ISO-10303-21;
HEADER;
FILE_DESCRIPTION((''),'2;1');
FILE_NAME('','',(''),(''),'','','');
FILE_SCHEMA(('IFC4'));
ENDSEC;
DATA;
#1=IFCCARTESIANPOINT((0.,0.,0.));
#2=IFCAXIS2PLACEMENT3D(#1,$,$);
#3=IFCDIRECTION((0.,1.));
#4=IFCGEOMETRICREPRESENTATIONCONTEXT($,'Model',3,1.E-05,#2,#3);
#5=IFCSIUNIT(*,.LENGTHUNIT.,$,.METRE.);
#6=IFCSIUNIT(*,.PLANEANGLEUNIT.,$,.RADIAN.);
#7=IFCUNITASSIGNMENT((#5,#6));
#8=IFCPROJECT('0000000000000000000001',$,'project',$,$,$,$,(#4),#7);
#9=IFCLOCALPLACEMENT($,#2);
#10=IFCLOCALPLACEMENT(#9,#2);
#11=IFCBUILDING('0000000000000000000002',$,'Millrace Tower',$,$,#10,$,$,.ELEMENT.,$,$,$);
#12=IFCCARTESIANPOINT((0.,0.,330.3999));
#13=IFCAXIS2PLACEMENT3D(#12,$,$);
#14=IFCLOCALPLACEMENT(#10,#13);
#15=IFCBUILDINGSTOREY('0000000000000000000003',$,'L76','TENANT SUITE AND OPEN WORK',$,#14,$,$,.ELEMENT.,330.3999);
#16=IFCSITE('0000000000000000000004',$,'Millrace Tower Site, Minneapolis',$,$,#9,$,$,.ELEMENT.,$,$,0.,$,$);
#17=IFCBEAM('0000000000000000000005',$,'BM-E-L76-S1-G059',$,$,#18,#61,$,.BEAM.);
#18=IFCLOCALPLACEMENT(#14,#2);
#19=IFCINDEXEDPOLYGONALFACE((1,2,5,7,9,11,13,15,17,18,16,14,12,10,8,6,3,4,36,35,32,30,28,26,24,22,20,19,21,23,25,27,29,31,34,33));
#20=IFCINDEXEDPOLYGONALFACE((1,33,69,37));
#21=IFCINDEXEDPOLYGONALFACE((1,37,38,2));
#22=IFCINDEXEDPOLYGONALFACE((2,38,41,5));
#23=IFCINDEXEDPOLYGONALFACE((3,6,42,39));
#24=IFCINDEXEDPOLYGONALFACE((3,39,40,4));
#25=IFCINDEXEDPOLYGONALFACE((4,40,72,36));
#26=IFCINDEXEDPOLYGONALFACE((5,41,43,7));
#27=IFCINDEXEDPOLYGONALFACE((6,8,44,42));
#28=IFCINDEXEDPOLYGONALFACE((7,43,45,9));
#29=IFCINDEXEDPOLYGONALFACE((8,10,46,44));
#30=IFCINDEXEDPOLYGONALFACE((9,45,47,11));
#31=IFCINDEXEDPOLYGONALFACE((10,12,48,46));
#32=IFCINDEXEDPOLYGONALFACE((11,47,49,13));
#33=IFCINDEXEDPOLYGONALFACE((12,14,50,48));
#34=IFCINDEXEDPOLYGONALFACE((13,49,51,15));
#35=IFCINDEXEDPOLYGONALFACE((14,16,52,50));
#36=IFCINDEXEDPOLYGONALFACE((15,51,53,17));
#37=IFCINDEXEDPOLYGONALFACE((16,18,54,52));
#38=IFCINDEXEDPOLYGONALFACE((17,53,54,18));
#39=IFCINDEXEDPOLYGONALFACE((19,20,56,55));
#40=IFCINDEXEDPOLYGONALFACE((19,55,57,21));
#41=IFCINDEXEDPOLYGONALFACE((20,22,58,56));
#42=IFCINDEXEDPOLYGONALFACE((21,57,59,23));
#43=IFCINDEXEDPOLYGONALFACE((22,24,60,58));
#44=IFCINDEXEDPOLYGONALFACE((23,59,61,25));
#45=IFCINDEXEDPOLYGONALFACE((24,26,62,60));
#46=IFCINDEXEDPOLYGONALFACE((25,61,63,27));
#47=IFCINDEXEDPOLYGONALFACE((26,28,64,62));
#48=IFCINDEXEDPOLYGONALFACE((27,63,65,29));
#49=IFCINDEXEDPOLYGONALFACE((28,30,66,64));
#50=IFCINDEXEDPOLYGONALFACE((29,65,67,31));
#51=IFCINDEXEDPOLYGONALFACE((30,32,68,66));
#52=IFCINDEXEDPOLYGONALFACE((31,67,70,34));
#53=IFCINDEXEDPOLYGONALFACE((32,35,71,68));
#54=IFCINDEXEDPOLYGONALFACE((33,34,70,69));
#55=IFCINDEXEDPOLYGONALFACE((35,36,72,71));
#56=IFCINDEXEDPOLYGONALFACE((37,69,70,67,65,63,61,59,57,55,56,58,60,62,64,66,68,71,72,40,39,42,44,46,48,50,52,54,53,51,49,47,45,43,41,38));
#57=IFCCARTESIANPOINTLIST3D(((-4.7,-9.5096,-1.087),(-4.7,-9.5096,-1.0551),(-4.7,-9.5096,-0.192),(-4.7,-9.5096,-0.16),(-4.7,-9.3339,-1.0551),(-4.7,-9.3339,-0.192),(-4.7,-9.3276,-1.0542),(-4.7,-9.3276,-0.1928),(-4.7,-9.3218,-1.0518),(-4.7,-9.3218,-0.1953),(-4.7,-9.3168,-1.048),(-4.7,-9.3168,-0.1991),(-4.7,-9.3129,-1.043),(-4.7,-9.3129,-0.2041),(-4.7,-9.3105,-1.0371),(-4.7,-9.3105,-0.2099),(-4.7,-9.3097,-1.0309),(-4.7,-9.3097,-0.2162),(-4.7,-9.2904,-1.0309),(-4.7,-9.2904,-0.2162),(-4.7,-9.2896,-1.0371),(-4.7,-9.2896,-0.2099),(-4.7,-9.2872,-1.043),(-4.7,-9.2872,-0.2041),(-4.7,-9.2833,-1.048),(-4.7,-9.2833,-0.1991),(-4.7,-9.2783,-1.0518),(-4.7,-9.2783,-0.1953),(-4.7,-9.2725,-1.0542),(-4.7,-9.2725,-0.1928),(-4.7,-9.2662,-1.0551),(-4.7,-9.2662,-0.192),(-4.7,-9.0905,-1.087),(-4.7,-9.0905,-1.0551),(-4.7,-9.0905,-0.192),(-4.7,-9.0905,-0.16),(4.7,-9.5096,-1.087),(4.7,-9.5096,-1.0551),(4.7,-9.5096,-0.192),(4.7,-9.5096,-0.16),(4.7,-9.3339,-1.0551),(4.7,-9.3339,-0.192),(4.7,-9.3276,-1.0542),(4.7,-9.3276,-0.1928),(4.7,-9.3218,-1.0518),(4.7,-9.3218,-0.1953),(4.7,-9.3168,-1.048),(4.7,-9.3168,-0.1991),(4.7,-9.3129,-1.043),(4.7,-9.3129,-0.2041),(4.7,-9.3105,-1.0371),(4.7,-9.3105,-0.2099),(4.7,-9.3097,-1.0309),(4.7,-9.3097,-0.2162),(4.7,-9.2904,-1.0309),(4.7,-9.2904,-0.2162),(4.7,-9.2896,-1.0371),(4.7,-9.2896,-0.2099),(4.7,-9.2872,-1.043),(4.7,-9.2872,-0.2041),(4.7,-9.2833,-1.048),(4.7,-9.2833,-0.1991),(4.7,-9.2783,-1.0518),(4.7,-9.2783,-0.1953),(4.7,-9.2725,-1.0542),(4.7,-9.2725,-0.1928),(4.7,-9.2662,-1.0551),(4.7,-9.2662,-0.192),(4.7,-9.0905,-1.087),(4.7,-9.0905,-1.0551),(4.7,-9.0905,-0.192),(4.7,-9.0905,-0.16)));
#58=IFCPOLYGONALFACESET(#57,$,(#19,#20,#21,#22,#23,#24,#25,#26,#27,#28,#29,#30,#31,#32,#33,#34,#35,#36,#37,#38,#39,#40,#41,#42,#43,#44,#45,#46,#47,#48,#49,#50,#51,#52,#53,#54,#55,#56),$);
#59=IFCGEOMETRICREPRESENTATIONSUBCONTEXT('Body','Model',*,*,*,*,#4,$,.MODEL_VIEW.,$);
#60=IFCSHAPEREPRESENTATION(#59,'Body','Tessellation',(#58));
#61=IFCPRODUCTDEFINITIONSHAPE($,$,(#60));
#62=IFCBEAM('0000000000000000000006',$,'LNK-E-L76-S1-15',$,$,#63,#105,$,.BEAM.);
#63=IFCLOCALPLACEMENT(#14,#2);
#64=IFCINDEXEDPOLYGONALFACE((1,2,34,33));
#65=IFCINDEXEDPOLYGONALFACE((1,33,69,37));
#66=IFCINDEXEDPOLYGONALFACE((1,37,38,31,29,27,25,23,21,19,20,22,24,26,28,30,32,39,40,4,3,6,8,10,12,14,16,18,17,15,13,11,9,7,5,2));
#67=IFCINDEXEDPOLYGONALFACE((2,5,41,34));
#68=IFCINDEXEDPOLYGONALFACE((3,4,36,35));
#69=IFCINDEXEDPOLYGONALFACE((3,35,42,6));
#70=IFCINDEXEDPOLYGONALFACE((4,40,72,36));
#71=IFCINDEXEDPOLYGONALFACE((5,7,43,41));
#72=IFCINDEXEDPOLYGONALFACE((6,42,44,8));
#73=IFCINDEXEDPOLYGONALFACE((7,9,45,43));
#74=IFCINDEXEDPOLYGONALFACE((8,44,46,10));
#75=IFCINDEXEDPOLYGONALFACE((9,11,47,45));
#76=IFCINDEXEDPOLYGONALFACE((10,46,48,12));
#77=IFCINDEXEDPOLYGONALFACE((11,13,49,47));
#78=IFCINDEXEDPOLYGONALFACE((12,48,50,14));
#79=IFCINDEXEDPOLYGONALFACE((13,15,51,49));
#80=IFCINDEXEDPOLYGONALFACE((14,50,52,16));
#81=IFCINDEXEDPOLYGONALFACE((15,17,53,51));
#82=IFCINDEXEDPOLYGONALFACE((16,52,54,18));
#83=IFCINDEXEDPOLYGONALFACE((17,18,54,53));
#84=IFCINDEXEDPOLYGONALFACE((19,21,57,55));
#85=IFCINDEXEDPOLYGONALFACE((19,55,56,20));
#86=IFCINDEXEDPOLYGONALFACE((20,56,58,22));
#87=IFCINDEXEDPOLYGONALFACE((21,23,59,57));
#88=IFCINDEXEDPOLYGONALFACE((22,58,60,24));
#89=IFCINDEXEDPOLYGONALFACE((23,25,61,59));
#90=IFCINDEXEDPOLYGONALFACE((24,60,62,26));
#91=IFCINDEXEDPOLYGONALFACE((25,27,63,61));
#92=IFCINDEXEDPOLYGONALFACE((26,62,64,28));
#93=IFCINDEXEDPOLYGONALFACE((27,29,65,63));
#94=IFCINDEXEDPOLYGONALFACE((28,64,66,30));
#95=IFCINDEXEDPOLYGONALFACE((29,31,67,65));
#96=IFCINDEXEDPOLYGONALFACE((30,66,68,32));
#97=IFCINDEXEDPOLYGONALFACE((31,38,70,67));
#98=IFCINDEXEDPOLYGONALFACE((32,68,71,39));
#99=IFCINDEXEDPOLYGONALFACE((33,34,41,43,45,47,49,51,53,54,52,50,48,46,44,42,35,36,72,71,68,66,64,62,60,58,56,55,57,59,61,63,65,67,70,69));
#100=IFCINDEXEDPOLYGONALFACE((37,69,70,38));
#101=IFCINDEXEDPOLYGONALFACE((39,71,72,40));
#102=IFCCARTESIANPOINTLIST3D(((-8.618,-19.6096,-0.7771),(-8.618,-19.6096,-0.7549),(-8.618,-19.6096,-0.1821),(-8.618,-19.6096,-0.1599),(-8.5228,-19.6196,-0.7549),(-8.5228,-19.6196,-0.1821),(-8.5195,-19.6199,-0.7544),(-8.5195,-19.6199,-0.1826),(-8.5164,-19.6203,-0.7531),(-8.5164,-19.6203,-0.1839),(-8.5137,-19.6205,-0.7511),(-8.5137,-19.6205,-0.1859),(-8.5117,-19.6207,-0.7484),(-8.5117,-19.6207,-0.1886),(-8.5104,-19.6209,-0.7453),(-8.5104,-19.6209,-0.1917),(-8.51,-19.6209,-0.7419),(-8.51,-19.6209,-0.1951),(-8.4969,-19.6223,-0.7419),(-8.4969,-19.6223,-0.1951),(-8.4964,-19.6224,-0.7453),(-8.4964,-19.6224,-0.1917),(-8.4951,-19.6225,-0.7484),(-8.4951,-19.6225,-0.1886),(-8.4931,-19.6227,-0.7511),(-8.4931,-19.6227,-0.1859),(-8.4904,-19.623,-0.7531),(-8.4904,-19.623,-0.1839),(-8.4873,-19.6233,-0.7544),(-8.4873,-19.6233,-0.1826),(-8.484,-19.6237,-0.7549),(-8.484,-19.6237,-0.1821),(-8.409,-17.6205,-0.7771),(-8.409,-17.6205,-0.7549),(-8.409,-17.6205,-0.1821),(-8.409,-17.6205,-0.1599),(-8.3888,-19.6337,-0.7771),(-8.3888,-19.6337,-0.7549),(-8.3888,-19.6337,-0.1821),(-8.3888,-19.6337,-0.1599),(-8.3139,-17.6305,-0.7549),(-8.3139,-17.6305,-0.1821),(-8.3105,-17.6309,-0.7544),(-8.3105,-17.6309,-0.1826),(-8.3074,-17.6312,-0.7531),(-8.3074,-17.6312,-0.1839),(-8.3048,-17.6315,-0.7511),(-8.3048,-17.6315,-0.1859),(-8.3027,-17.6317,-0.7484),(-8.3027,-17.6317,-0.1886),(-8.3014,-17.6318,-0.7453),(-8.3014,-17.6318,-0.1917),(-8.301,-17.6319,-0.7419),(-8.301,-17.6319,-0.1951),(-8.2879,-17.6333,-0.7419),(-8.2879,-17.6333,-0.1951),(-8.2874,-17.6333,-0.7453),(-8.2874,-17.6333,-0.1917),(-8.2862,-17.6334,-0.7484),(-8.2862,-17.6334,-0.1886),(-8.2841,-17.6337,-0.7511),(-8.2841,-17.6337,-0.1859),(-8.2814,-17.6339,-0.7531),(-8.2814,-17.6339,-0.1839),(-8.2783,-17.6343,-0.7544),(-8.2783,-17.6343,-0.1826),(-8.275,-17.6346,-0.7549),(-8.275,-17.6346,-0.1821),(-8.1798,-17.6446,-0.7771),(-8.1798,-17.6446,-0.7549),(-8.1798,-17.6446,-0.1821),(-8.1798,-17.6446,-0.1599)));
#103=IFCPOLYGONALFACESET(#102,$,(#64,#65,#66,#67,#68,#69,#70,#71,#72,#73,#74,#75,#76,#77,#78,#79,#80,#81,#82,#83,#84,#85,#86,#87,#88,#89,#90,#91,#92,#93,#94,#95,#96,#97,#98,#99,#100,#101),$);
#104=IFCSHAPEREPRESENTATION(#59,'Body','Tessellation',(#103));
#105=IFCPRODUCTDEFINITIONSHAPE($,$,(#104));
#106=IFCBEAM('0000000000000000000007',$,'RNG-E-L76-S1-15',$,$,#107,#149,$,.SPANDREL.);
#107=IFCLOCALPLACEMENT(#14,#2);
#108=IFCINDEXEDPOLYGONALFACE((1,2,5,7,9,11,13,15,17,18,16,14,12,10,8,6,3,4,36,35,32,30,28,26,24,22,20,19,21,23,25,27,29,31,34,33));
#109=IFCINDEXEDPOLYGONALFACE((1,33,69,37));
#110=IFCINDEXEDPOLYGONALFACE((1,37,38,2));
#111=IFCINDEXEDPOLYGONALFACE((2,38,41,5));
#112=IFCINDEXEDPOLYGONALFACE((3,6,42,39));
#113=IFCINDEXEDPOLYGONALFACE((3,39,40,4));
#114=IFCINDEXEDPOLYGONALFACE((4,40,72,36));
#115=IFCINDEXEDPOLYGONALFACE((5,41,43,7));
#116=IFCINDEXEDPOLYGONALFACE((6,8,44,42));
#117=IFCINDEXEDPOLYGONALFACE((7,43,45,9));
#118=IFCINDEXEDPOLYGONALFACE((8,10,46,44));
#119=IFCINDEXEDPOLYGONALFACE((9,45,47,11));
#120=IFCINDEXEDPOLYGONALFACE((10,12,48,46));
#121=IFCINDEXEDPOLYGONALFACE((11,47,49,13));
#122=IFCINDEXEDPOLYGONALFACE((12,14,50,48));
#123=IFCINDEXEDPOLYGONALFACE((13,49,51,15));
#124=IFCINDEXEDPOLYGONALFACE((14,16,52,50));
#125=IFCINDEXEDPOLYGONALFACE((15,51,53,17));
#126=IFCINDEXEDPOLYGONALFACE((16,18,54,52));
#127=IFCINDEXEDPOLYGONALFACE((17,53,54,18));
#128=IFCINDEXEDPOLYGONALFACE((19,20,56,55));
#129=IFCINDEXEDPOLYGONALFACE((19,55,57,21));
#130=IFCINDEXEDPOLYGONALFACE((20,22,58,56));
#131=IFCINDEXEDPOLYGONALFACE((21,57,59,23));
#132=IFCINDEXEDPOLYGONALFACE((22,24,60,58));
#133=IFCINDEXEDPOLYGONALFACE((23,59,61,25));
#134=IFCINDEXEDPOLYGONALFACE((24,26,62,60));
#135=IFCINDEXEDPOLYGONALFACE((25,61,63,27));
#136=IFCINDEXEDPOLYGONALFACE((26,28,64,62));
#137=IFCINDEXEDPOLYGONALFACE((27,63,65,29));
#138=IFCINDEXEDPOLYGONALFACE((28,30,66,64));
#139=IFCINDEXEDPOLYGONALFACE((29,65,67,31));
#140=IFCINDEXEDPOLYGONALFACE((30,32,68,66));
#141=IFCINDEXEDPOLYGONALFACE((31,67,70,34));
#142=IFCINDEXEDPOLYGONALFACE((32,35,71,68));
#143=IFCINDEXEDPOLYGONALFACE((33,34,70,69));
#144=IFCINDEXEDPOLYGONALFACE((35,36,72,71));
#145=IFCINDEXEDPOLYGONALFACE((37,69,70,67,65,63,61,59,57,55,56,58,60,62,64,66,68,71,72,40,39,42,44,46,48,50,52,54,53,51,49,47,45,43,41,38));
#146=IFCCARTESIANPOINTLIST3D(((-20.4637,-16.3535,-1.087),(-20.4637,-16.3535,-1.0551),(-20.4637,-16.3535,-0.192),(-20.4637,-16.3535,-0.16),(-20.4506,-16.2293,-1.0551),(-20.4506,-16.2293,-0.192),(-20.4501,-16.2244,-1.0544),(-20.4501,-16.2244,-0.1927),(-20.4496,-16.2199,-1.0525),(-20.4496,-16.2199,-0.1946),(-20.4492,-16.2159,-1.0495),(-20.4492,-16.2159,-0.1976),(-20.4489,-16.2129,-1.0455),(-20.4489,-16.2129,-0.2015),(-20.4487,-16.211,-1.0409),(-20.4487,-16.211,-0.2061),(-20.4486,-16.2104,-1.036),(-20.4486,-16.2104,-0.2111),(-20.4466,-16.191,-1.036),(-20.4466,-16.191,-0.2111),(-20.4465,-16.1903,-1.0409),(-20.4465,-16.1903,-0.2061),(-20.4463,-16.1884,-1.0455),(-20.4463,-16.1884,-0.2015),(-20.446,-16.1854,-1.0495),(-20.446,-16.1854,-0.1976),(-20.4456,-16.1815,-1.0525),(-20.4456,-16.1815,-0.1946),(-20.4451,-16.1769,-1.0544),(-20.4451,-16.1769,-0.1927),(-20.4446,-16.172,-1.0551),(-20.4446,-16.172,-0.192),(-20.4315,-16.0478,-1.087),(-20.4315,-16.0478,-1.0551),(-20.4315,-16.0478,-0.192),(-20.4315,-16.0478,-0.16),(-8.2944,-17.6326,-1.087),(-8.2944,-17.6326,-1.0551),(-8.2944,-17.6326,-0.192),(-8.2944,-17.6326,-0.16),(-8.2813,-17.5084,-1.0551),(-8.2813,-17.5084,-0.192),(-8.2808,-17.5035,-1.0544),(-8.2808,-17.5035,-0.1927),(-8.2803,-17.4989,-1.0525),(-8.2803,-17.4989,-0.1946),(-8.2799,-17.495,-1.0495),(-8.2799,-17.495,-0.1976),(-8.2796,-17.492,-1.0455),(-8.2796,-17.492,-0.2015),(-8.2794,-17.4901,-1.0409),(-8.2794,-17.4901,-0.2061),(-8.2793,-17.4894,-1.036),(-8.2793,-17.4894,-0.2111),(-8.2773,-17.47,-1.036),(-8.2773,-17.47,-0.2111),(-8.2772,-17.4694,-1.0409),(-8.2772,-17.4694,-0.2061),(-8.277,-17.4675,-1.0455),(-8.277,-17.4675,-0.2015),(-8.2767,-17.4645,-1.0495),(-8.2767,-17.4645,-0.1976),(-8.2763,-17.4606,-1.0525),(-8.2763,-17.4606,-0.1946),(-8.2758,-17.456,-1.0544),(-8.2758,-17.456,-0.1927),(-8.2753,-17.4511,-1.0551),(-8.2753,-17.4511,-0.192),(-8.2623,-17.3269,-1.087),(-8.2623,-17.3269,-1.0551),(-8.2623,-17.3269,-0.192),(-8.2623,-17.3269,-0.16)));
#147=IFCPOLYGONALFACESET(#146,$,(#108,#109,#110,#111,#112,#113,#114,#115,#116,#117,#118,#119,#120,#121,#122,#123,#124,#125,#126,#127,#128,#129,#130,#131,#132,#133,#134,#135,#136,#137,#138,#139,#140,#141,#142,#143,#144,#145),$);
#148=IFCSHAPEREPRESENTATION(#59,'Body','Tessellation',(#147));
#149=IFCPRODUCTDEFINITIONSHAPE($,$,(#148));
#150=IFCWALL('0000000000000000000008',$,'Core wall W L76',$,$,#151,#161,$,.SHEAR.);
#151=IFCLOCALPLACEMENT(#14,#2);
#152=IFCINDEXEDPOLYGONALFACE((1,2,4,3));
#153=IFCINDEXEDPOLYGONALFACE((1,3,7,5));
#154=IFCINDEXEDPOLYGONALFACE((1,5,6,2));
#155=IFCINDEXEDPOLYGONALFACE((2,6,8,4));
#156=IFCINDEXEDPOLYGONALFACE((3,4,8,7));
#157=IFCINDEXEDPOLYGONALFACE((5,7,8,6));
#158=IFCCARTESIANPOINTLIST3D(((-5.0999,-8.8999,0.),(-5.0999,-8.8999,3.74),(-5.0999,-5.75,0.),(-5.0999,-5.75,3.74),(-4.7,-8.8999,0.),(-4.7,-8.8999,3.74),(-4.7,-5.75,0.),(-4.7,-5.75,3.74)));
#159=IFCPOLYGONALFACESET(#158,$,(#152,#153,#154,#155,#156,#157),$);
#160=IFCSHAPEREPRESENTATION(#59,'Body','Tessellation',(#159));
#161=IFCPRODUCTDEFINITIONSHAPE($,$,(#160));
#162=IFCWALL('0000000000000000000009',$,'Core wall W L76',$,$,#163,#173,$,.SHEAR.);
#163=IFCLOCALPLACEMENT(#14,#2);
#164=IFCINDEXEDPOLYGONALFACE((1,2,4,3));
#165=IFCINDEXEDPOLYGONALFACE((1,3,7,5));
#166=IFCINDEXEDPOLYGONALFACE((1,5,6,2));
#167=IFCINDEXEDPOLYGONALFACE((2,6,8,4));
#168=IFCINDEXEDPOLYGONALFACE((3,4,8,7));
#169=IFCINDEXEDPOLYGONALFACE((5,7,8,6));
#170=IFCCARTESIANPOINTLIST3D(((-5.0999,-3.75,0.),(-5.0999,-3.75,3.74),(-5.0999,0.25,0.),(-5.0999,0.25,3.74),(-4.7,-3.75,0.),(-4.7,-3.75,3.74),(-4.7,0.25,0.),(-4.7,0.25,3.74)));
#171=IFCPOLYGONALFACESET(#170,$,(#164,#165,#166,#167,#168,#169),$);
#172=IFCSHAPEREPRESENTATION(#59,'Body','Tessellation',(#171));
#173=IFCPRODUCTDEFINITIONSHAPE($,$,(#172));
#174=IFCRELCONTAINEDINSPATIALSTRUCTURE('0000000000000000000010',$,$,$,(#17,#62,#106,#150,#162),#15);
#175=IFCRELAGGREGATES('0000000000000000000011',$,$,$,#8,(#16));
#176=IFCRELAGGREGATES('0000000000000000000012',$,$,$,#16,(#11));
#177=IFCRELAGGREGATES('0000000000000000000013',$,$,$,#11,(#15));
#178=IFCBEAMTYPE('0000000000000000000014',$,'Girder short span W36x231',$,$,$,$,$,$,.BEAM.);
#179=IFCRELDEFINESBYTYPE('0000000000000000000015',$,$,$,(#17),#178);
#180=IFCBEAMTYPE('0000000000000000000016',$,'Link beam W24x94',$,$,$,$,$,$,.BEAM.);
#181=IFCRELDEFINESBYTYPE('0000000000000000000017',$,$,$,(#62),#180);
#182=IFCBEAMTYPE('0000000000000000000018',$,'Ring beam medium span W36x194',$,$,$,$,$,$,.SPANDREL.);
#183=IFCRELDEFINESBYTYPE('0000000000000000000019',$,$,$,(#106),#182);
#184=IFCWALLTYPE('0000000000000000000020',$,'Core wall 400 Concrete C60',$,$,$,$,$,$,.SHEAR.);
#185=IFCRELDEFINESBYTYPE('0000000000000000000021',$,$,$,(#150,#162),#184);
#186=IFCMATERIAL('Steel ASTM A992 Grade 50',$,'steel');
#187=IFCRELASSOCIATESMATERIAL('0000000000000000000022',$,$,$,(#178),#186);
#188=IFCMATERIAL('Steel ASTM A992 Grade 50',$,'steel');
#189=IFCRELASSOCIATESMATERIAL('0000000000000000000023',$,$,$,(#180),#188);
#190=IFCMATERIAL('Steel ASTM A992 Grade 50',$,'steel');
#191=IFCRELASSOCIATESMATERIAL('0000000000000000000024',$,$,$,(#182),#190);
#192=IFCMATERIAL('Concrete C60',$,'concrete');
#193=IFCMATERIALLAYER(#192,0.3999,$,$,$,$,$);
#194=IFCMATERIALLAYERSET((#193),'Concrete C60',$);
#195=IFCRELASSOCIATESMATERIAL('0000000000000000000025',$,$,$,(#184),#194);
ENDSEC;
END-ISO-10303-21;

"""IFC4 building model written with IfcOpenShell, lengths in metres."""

from ifc_helpers import new_model, si_unit, direction, frame, frame_2d, origin, origin_2d, place, context, subcontext, project, spatial, rectangle, i_section, extrude, material, layer, layer_set, material_profile, profile_set, type_object, element, save


model = new_model("IFC4")

# Units and contexts
model_context = context("Model", 3, precision=1e-05, world=origin(), true_north=direction((0.0, 1.0)))
body_context = subcontext(model_context, "Body", "Model", "MODEL_VIEW")
ifc_project = project(units=[si_unit("LENGTHUNIT", "METRE"), si_unit("PLANEANGLEUNIT", "RADIAN")], contexts=[model_context])

# Site, building, storey
site_placement = place(None, origin())
site = spatial("IfcSite", under=ifc_project, at=site_placement, Name="Millrace Tower Site, Minneapolis", CompositionType="ELEMENT", RefElevation=0.0)
building_placement = place(site_placement, origin())
building = spatial("IfcBuilding", under=site, at=building_placement, Name="Millrace Tower", CompositionType="ELEMENT")
storey_placement = place(building_placement, frame((0.0, 0.0, 330.3999)))
storey = spatial("IfcBuildingStorey", under=building, at=storey_placement, Name="L76", Description="TENANT SUITE AND OPEN WORK", CompositionType="ELEMENT", Elevation=330.3999)

# Beams
ifc_material_1 = material(Name="Steel ASTM A992 Grade 50", Category="steel")
ifc_material_profile_1 = material_profile(ifc_material_1, i_section(OverallWidth=0.4192, OverallDepth=0.927, WebThickness=0.0193, FlangeThickness=0.032, FilletRadius=0.0242, at=origin_2d()))
ifc_profile_set_1 = profile_set([ifc_material_profile_1], Name="Steel ASTM A992 Grade 50")
beam_type_1 = type_object("IfcBeamType", Name="Girder short span W36x231", PredefinedType="BEAM", material=ifc_profile_set_1)
beam_1_placement = place(storey_placement, frame((-4.7, -9.3, -0.6235), z_axis=(1.0, 0.0, 0.0), x_axis=(0.0, 1.0, 0.0)))
element("IfcBeam", 1, at=beam_1_placement, inside=storey, type_object=beam_type_1, Name="BM-E-L76-S1-G059", PredefinedType="BEAM", context=body_context, shape_type="SweptSolid", body=[
    extrude(i_section(OverallWidth=0.4192, OverallDepth=0.927, WebThickness=0.0193, FlangeThickness=0.032, FilletRadius=0.0242, at=origin_2d()), origin(), (0.0, 0.0, 1.0), 9.3999),
])
ifc_material_2 = material(Name="Steel ASTM A992 Grade 50", Category="steel")
ifc_material_profile_2 = material_profile(ifc_material_2, i_section(OverallWidth=0.2305, OverallDepth=0.6172, WebThickness=0.0132, FlangeThickness=0.0222, FilletRadius=0.0129, at=origin_2d()))
ifc_profile_set_2 = profile_set([ifc_material_profile_2], Name="Steel ASTM A992 Grade 50")
beam_type_2 = type_object("IfcBeamType", Name="Link beam W24x94", PredefinedType="BEAM", material=ifc_profile_set_2)
beam_2_placement = place(storey_placement, frame((-8.2944, -17.6326, -0.4685), z_axis=(-0.104494, -0.994526, 0.0), x_axis=(0.994526, -0.104494, 0.0)))
element("IfcBeam", 2, at=beam_2_placement, inside=storey, type_object=beam_type_2, Name="LNK-E-L76-S1-15", PredefinedType="BEAM", context=body_context, shape_type="SweptSolid", body=[
    extrude(i_section(OverallWidth=0.2305, OverallDepth=0.6172, WebThickness=0.0132, FlangeThickness=0.0222, FilletRadius=0.0129, at=origin_2d()), origin(), (0.0, 0.0, 1.0), 2.0),
])
ifc_material_3 = material(Name="Steel ASTM A992 Grade 50", Category="steel")
ifc_material_profile_3 = material_profile(ifc_material_3, i_section(OverallWidth=0.3074, OverallDepth=0.927, WebThickness=0.0195, FlangeThickness=0.032, FilletRadius=0.019, at=origin_2d()))
ifc_profile_set_3 = profile_set([ifc_material_profile_3], Name="Steel ASTM A992 Grade 50")
beam_type_3 = type_object("IfcBeamType", Name="Ring beam medium span W36x194", PredefinedType="SPANDREL", material=ifc_profile_set_3)
beam_3_placement = place(storey_placement, frame((-8.2783, -17.4797, -0.6235), z_axis=(-0.994522, 0.10453, 0.0), x_axis=(-0.10453, -0.994522, 0.0)))
element("IfcBeam", 3, at=beam_3_placement, inside=storey, type_object=beam_type_3, Name="RNG-E-L76-S1-15", PredefinedType="SPANDREL", context=body_context, shape_type="SweptSolid", body=[
    extrude(i_section(OverallWidth=0.3074, OverallDepth=0.927, WebThickness=0.0195, FlangeThickness=0.032, FilletRadius=0.019, at=origin_2d()), origin(), (0.0, 0.0, 1.0), 12.2363),
])

# Walls
ifc_material_4 = material(Name="Concrete C60", Category="concrete")
ifc_layer_1 = layer(ifc_material_4, 0.3999)
ifc_layer_set_1 = layer_set([ifc_layer_1], Name="Concrete C60")
wall_type_1 = type_object("IfcWallType", Name="Core wall 400 Concrete C60", PredefinedType="SHEAR", material=ifc_layer_set_1)
wall_1_placement = place(storey_placement, frame((-4.8999, -8.8999, 0.0), z_axis=(0.0, 0.0, 1.0), x_axis=(0.0, 1.0, 0.0)))
element("IfcWall", 4, at=wall_1_placement, inside=storey, type_object=wall_type_1, Name="Core wall W L76", PredefinedType="SHEAR", context=body_context, shape_type="SweptSolid", body=[
    extrude(rectangle(XDim=3.1499, YDim=0.3999, at=frame_2d((1.575, 0.0))), origin(), (0.0, 0.0, 1.0), 3.74),
])
wall_2_placement = place(storey_placement, frame((-4.8999, -3.75, 0.0), z_axis=(0.0, 0.0, 1.0), x_axis=(0.0, 1.0, 0.0)))
element("IfcWall", 5, at=wall_2_placement, inside=storey, type_object=wall_type_1, Name="Core wall W L76", PredefinedType="SHEAR", context=body_context, shape_type="SweptSolid", body=[
    extrude(rectangle(XDim=4.0, YDim=0.3999, at=frame_2d((2.0, 0.0))), origin(), (0.0, 0.0, 1.0), 3.74),
])

save(model, "model.ifc")
